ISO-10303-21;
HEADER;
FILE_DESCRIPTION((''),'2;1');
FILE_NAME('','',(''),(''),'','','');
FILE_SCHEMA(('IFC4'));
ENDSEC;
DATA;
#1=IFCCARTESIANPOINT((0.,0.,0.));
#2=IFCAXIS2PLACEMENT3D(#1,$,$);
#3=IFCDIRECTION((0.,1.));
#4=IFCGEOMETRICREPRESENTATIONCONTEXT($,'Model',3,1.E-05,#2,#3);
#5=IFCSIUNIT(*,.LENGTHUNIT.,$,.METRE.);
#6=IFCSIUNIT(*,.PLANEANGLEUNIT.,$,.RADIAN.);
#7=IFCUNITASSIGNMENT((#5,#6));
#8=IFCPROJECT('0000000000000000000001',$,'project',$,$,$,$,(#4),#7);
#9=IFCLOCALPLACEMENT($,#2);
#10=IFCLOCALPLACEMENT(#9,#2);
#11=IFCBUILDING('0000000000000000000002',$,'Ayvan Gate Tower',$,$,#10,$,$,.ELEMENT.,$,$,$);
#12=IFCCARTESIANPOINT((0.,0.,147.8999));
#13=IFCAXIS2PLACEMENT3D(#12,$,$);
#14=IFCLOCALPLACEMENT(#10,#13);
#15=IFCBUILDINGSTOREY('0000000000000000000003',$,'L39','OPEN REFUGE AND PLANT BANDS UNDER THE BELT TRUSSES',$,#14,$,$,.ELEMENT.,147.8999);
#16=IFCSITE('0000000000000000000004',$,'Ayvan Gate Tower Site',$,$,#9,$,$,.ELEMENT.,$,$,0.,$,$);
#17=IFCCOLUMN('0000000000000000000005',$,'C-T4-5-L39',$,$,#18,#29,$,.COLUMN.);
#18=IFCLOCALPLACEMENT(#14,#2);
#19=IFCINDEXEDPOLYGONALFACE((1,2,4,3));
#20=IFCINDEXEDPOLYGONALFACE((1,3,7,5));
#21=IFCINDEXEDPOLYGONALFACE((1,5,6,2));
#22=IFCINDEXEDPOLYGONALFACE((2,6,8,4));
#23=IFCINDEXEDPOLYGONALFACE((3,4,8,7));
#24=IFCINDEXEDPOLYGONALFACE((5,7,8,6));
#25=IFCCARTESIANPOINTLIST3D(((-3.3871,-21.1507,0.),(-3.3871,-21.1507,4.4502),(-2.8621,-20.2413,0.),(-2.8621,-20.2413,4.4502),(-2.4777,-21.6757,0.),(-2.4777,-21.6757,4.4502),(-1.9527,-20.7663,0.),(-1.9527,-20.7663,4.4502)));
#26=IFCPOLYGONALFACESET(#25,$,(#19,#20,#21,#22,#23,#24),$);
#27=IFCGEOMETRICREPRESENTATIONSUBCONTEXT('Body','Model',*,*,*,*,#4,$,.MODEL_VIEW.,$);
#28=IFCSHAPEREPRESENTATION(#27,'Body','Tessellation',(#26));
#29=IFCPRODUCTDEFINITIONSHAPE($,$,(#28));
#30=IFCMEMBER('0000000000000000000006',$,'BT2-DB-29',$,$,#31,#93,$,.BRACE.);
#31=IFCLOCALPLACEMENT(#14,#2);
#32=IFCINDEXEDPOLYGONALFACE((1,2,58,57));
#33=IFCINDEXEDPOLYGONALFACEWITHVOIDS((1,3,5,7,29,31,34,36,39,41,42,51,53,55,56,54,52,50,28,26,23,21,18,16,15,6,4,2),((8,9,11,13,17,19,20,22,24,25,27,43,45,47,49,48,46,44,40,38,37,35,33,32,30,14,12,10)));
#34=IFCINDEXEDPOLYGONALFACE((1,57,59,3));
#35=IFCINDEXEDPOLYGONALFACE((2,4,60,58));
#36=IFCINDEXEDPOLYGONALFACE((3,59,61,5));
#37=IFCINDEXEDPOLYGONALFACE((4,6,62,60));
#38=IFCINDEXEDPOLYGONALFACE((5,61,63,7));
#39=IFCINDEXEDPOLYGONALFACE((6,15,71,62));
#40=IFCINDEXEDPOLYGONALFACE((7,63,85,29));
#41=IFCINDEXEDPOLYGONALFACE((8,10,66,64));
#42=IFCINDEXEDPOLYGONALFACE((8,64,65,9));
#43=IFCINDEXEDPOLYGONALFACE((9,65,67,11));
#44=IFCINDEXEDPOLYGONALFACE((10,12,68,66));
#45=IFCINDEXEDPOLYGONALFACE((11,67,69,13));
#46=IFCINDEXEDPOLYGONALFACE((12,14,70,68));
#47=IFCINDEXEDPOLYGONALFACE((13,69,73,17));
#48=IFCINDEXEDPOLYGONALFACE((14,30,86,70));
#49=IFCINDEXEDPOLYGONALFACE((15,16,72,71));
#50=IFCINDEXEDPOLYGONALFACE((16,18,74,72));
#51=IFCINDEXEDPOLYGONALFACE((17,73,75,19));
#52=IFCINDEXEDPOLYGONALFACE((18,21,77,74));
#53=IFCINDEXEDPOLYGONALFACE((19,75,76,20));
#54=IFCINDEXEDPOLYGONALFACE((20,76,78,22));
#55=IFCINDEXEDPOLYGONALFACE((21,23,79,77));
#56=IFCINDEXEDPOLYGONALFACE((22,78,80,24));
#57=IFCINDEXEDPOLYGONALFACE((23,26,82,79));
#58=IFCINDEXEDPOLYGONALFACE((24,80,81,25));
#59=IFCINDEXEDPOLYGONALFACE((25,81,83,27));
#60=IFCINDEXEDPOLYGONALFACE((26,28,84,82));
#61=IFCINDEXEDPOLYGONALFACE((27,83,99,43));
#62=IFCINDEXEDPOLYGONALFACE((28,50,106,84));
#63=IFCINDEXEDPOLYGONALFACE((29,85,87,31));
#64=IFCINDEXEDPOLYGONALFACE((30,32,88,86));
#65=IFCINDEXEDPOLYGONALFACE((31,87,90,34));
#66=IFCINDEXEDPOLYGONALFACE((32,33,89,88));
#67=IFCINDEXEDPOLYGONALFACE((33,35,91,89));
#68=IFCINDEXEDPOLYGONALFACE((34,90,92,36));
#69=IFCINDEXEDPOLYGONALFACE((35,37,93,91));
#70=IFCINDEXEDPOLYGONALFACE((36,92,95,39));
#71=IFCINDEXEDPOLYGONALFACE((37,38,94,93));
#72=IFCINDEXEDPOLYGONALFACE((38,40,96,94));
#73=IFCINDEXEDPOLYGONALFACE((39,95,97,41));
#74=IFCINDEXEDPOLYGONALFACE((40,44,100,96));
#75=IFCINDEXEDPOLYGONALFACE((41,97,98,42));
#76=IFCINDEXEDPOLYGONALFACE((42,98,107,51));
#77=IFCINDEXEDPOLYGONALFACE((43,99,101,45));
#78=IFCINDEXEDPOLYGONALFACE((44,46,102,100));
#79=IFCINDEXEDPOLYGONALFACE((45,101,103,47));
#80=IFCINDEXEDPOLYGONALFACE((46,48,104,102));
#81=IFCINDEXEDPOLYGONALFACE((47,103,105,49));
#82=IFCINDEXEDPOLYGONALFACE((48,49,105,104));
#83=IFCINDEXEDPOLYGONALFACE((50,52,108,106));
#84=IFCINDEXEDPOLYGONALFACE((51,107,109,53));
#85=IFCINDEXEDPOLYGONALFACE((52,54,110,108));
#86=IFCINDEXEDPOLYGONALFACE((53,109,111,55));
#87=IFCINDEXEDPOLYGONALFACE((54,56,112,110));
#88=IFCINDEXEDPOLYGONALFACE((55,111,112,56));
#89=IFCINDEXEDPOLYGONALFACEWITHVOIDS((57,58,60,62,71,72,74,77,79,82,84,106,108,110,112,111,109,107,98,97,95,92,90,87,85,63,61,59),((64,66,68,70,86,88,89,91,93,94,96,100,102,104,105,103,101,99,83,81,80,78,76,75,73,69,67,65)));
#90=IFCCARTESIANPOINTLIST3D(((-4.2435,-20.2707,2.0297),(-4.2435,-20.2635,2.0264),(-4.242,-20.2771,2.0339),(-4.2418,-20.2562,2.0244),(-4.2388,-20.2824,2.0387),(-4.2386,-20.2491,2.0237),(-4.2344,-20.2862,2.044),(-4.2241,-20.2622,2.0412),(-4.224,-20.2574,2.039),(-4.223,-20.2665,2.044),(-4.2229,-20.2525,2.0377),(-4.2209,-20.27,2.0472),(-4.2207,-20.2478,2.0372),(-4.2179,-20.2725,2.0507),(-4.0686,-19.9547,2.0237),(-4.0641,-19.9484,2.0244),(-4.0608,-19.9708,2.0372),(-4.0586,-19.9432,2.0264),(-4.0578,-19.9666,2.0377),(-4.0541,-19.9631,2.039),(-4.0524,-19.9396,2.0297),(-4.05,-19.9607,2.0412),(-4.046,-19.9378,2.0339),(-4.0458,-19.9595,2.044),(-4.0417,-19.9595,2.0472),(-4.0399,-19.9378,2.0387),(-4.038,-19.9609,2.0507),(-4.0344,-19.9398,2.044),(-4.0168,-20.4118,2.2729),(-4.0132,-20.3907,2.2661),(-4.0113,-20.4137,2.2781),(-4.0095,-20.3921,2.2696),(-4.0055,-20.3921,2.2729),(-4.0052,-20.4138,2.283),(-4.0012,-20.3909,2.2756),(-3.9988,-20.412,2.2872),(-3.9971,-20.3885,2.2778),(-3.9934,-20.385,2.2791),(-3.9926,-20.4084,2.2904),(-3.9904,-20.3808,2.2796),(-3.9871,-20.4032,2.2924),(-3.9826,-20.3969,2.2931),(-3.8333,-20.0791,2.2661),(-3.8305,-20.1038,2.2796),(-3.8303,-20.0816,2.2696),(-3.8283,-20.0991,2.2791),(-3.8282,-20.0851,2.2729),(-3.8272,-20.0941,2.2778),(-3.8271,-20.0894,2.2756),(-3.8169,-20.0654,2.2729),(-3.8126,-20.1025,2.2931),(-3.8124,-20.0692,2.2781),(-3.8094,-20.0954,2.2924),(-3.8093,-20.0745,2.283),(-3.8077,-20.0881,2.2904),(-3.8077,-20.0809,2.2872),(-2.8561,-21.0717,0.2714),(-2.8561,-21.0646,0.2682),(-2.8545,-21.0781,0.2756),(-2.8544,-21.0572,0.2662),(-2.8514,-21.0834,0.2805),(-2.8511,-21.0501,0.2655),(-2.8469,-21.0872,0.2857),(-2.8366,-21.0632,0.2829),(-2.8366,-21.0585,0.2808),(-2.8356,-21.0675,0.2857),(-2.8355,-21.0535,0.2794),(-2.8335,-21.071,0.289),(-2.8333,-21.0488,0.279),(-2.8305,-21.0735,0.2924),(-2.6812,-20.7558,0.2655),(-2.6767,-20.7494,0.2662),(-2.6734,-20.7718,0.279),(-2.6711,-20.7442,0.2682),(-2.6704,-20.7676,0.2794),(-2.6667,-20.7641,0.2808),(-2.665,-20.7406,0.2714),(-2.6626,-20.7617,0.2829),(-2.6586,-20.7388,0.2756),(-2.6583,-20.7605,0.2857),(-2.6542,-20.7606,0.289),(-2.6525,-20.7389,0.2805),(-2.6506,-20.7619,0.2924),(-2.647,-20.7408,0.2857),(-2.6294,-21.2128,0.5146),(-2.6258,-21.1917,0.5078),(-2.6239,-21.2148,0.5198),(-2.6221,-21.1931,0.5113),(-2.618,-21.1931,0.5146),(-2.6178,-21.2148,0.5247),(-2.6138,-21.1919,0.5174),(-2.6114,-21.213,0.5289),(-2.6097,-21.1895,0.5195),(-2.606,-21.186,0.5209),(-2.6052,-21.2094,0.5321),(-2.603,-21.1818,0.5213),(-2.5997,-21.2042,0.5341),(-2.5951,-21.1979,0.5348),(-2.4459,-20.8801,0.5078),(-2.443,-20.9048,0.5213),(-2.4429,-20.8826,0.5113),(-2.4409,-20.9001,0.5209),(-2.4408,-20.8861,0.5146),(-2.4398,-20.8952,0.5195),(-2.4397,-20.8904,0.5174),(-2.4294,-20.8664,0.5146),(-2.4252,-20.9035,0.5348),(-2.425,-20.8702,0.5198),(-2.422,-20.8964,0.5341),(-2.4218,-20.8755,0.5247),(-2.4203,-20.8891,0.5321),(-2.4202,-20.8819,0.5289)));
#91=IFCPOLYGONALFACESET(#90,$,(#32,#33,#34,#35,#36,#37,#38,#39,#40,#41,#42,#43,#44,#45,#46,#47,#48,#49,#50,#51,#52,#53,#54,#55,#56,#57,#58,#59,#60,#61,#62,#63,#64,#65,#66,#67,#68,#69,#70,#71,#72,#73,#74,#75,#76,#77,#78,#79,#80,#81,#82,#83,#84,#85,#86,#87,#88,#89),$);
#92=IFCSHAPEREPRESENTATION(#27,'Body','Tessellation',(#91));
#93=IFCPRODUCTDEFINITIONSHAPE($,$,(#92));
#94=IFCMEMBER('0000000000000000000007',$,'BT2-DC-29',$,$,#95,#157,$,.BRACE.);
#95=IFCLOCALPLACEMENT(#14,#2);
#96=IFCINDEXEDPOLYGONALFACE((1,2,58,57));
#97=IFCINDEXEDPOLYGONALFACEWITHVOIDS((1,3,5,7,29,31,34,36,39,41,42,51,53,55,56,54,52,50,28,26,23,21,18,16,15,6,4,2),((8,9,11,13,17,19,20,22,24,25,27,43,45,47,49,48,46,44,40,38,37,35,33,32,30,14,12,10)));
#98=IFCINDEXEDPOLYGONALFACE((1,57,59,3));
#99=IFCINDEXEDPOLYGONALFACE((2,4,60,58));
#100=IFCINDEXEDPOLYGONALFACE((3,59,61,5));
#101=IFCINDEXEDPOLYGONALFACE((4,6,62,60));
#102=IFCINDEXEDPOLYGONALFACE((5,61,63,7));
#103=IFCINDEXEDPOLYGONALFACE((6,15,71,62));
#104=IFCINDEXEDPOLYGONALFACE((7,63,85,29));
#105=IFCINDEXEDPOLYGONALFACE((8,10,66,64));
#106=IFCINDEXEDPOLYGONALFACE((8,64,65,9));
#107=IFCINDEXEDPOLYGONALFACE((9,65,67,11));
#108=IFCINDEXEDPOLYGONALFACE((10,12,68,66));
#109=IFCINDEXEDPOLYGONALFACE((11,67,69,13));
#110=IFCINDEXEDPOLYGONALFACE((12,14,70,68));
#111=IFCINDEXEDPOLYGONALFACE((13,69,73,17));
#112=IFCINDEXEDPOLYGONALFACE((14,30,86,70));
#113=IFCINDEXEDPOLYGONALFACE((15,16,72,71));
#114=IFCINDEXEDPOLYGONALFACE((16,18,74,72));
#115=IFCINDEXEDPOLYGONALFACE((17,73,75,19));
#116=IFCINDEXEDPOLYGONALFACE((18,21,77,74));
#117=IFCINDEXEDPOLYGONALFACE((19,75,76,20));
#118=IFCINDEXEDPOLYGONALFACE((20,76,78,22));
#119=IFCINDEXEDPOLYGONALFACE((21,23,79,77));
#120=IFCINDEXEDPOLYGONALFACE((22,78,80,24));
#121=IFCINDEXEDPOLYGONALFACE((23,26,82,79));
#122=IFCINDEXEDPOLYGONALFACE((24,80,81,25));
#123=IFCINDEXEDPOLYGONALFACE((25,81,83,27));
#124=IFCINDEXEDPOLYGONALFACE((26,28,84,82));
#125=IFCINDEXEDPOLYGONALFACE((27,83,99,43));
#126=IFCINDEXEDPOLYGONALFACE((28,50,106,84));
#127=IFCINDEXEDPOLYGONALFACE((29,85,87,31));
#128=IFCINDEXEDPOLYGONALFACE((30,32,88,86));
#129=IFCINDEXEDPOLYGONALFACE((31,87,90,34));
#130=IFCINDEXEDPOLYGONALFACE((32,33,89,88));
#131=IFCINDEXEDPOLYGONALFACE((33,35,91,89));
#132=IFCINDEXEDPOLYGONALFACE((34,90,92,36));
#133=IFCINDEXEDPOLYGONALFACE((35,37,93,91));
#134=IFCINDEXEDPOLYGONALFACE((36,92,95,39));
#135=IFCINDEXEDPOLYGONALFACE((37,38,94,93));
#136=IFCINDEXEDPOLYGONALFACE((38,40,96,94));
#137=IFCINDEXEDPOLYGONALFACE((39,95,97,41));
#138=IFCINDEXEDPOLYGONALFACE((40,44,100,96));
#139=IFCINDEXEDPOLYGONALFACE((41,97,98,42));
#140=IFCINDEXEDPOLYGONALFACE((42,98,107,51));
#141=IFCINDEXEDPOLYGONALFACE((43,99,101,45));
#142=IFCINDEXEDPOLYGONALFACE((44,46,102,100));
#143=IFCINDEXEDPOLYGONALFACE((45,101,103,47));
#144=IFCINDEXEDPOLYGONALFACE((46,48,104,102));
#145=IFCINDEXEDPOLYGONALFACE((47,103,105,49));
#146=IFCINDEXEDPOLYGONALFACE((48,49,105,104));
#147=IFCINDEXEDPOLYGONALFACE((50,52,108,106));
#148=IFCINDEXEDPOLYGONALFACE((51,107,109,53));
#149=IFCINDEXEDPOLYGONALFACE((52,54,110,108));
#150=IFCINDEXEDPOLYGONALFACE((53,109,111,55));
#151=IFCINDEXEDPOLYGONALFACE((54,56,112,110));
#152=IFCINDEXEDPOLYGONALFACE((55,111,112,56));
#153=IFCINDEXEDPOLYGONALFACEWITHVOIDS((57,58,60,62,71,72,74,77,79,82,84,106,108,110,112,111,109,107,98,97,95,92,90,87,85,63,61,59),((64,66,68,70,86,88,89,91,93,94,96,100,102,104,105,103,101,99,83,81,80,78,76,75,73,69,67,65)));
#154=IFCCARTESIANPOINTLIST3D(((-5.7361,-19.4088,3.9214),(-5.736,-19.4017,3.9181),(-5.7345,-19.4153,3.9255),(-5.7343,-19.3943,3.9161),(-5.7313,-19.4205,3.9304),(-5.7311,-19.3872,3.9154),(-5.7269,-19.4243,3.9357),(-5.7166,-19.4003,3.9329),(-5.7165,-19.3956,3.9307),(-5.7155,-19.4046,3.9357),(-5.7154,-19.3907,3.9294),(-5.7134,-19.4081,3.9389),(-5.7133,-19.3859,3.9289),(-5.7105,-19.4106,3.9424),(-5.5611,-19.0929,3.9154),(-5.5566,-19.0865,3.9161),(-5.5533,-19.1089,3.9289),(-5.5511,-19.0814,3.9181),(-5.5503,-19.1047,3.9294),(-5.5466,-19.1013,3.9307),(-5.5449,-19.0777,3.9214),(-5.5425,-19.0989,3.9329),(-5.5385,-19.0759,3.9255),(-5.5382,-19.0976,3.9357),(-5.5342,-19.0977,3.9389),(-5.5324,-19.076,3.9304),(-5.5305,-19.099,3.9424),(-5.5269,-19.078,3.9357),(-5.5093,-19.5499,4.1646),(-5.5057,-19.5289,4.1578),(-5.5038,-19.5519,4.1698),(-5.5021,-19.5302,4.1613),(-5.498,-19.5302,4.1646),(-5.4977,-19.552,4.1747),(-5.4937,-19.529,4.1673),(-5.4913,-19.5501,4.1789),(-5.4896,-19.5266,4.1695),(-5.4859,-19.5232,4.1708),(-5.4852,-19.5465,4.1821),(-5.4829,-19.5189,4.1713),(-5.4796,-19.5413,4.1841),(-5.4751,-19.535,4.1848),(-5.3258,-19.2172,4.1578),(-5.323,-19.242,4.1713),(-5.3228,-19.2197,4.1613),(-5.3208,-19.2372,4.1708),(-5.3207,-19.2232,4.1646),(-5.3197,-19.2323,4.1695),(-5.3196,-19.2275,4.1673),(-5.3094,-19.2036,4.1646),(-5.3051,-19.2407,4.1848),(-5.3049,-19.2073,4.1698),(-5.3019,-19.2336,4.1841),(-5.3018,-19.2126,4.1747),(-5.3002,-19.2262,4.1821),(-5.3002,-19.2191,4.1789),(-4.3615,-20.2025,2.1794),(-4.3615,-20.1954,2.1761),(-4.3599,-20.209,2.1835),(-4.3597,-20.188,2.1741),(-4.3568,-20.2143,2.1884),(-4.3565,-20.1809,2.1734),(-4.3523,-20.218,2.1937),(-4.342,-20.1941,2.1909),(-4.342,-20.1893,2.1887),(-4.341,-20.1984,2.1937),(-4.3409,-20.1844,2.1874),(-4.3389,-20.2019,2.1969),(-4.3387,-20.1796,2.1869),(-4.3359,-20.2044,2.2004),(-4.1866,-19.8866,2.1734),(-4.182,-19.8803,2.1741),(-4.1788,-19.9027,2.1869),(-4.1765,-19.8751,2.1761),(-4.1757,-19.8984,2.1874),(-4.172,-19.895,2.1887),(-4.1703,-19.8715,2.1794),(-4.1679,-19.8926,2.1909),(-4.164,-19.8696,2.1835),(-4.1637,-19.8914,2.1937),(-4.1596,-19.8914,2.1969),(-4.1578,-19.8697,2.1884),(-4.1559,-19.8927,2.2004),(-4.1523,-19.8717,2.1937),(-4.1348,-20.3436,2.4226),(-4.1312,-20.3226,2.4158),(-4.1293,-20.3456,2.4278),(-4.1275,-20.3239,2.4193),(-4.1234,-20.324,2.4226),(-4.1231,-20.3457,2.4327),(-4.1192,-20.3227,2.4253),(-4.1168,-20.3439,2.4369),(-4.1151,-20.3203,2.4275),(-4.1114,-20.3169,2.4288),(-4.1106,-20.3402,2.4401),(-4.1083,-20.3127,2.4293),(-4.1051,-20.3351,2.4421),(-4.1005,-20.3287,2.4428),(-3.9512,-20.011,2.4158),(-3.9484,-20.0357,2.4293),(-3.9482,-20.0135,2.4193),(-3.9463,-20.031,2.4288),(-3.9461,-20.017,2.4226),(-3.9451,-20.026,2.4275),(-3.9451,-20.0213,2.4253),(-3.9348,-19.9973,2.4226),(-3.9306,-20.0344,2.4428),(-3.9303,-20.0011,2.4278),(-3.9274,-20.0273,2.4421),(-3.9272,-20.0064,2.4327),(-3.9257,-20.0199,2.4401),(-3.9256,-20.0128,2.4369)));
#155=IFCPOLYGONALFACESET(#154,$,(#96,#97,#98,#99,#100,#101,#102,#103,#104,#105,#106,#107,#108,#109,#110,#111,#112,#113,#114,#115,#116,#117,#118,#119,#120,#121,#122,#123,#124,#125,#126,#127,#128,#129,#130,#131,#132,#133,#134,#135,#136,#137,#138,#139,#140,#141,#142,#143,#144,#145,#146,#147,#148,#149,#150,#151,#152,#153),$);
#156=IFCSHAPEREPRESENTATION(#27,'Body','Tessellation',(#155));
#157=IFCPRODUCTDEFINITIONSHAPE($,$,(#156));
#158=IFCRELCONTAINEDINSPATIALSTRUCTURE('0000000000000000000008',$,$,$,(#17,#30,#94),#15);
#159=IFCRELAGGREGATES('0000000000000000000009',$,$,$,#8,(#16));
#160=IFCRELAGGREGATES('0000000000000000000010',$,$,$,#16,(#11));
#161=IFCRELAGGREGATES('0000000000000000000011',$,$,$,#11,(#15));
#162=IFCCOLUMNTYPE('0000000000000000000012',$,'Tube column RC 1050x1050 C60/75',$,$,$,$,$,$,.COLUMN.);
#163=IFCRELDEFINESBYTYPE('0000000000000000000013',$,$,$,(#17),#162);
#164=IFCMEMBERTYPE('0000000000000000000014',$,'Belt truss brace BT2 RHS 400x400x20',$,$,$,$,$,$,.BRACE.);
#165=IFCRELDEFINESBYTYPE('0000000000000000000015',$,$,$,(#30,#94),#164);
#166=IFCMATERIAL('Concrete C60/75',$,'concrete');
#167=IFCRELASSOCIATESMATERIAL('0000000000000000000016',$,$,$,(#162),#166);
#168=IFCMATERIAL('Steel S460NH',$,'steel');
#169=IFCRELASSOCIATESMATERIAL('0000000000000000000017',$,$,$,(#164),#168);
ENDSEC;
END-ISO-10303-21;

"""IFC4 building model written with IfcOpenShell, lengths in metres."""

from ifc_helpers import new_model, si_unit, direction, frame, origin, origin_2d, place, context, subcontext, project, spatial, rectangle, hollow_rectangle, extrude, material, material_profile, profile_set, type_object, element, save


model = new_model("IFC4")

# Units and contexts
model_context = context("Model", 3, precision=1e-05, world=origin(), true_north=direction((0.0, 1.0)))
body_context = subcontext(model_context, "Body", "Model", "MODEL_VIEW")
ifc_project = project(units=[si_unit("LENGTHUNIT", "METRE"), si_unit("PLANEANGLEUNIT", "RADIAN")], contexts=[model_context])

# Site, building, storey
site_placement = place(None, origin())
site = spatial("IfcSite", under=ifc_project, at=site_placement, Name="Ayvan Gate Tower Site", CompositionType="ELEMENT", RefElevation=0.0)
building_placement = place(site_placement, origin())
building = spatial("IfcBuilding", under=site, at=building_placement, Name="Ayvan Gate Tower", CompositionType="ELEMENT")
storey_placement = place(building_placement, frame((0.0, 0.0, 147.8999)))
storey = spatial("IfcBuildingStorey", under=building, at=storey_placement, Name="L39", Description="OPEN REFUGE AND PLANT BANDS UNDER THE BELT TRUSSES", CompositionType="ELEMENT", Elevation=147.8999)

# Column
ifc_material_1 = material(Name="Concrete C60/75", Category="concrete")
ifc_material_profile_1 = material_profile(ifc_material_1, rectangle(XDim=1.05, YDim=1.05, at=origin_2d()), Name="RC 1050x1050")
ifc_profile_set_1 = profile_set([ifc_material_profile_1], Name="Concrete C60/75")
column_type = type_object("IfcColumnType", Name="Tube column RC 1050x1050 C60/75", PredefinedType="COLUMN", material=ifc_profile_set_1)
column_placement = place(storey_placement, frame((-2.6699, -20.9585, 0.0), z_axis=(0.0, 0.0, 1.0), x_axis=(-0.5, -0.866025, 0.0)))
element("IfcColumn", 1, at=column_placement, inside=storey, type_object=column_type, Name="C-T4-5-L39", PredefinedType="COLUMN", context=body_context, shape_type="SweptSolid", body=[
    extrude(rectangle(XDim=1.05, YDim=1.05, at=origin_2d()), origin(), (0.0, 0.0, 1.0), 4.4502),
])

# Members
ifc_material_2 = material(Name="Steel S460NH", Category="steel")
ifc_material_profile_2 = material_profile(ifc_material_2, hollow_rectangle(XDim=0.3999, YDim=0.3999, WallThickness=0.02, InnerFilletRadius=0.02, OuterFilletRadius=0.03, at=origin_2d()), Name="RHS 400x400x20")
ifc_profile_set_2 = profile_set([ifc_material_profile_2], Name="Steel S460NH")
member_type_1 = type_object("IfcMemberType", Name="Belt truss brace BT2 RHS 400x400x20", PredefinedType="BRACE", material=ifc_profile_set_2)
member_1_placement = place(storey_placement, frame((-2.6382, -20.9768, 0.4001), z_axis=(-0.583278, 0.336747, 0.739181), x_axis=(-0.499991, -0.866031, 0.0)))
element("IfcMember", 2, at=member_1_placement, inside=storey, type_object=member_type_1, Name="BT2-DB-29", PredefinedType="BRACE", context=body_context, shape_type="SweptSolid", body=[
    extrude(hollow_rectangle(XDim=0.3999, YDim=0.3999, WallThickness=0.02, InnerFilletRadius=0.02, OuterFilletRadius=0.03, at=origin_2d()), origin(), (0.0, 0.0, 1.0), 2.3787),
])
member_2_placement = place(storey_placement, frame((-4.1436, -20.1077, 2.3081), z_axis=(-0.583258, 0.336798, 0.739173), x_axis=(-0.50006, -0.865991, 0.0)))
element("IfcMember", 3, at=member_2_placement, inside=storey, type_object=member_type_1, Name="BT2-DC-29", PredefinedType="BRACE", context=body_context, shape_type="SweptSolid", body=[
    extrude(hollow_rectangle(XDim=0.3999, YDim=0.3999, WallThickness=0.02, InnerFilletRadius=0.02, OuterFilletRadius=0.03, at=origin_2d()), origin(), (0.0, 0.0, 1.0), 2.3567),
])

save(model, "model.ifc")
